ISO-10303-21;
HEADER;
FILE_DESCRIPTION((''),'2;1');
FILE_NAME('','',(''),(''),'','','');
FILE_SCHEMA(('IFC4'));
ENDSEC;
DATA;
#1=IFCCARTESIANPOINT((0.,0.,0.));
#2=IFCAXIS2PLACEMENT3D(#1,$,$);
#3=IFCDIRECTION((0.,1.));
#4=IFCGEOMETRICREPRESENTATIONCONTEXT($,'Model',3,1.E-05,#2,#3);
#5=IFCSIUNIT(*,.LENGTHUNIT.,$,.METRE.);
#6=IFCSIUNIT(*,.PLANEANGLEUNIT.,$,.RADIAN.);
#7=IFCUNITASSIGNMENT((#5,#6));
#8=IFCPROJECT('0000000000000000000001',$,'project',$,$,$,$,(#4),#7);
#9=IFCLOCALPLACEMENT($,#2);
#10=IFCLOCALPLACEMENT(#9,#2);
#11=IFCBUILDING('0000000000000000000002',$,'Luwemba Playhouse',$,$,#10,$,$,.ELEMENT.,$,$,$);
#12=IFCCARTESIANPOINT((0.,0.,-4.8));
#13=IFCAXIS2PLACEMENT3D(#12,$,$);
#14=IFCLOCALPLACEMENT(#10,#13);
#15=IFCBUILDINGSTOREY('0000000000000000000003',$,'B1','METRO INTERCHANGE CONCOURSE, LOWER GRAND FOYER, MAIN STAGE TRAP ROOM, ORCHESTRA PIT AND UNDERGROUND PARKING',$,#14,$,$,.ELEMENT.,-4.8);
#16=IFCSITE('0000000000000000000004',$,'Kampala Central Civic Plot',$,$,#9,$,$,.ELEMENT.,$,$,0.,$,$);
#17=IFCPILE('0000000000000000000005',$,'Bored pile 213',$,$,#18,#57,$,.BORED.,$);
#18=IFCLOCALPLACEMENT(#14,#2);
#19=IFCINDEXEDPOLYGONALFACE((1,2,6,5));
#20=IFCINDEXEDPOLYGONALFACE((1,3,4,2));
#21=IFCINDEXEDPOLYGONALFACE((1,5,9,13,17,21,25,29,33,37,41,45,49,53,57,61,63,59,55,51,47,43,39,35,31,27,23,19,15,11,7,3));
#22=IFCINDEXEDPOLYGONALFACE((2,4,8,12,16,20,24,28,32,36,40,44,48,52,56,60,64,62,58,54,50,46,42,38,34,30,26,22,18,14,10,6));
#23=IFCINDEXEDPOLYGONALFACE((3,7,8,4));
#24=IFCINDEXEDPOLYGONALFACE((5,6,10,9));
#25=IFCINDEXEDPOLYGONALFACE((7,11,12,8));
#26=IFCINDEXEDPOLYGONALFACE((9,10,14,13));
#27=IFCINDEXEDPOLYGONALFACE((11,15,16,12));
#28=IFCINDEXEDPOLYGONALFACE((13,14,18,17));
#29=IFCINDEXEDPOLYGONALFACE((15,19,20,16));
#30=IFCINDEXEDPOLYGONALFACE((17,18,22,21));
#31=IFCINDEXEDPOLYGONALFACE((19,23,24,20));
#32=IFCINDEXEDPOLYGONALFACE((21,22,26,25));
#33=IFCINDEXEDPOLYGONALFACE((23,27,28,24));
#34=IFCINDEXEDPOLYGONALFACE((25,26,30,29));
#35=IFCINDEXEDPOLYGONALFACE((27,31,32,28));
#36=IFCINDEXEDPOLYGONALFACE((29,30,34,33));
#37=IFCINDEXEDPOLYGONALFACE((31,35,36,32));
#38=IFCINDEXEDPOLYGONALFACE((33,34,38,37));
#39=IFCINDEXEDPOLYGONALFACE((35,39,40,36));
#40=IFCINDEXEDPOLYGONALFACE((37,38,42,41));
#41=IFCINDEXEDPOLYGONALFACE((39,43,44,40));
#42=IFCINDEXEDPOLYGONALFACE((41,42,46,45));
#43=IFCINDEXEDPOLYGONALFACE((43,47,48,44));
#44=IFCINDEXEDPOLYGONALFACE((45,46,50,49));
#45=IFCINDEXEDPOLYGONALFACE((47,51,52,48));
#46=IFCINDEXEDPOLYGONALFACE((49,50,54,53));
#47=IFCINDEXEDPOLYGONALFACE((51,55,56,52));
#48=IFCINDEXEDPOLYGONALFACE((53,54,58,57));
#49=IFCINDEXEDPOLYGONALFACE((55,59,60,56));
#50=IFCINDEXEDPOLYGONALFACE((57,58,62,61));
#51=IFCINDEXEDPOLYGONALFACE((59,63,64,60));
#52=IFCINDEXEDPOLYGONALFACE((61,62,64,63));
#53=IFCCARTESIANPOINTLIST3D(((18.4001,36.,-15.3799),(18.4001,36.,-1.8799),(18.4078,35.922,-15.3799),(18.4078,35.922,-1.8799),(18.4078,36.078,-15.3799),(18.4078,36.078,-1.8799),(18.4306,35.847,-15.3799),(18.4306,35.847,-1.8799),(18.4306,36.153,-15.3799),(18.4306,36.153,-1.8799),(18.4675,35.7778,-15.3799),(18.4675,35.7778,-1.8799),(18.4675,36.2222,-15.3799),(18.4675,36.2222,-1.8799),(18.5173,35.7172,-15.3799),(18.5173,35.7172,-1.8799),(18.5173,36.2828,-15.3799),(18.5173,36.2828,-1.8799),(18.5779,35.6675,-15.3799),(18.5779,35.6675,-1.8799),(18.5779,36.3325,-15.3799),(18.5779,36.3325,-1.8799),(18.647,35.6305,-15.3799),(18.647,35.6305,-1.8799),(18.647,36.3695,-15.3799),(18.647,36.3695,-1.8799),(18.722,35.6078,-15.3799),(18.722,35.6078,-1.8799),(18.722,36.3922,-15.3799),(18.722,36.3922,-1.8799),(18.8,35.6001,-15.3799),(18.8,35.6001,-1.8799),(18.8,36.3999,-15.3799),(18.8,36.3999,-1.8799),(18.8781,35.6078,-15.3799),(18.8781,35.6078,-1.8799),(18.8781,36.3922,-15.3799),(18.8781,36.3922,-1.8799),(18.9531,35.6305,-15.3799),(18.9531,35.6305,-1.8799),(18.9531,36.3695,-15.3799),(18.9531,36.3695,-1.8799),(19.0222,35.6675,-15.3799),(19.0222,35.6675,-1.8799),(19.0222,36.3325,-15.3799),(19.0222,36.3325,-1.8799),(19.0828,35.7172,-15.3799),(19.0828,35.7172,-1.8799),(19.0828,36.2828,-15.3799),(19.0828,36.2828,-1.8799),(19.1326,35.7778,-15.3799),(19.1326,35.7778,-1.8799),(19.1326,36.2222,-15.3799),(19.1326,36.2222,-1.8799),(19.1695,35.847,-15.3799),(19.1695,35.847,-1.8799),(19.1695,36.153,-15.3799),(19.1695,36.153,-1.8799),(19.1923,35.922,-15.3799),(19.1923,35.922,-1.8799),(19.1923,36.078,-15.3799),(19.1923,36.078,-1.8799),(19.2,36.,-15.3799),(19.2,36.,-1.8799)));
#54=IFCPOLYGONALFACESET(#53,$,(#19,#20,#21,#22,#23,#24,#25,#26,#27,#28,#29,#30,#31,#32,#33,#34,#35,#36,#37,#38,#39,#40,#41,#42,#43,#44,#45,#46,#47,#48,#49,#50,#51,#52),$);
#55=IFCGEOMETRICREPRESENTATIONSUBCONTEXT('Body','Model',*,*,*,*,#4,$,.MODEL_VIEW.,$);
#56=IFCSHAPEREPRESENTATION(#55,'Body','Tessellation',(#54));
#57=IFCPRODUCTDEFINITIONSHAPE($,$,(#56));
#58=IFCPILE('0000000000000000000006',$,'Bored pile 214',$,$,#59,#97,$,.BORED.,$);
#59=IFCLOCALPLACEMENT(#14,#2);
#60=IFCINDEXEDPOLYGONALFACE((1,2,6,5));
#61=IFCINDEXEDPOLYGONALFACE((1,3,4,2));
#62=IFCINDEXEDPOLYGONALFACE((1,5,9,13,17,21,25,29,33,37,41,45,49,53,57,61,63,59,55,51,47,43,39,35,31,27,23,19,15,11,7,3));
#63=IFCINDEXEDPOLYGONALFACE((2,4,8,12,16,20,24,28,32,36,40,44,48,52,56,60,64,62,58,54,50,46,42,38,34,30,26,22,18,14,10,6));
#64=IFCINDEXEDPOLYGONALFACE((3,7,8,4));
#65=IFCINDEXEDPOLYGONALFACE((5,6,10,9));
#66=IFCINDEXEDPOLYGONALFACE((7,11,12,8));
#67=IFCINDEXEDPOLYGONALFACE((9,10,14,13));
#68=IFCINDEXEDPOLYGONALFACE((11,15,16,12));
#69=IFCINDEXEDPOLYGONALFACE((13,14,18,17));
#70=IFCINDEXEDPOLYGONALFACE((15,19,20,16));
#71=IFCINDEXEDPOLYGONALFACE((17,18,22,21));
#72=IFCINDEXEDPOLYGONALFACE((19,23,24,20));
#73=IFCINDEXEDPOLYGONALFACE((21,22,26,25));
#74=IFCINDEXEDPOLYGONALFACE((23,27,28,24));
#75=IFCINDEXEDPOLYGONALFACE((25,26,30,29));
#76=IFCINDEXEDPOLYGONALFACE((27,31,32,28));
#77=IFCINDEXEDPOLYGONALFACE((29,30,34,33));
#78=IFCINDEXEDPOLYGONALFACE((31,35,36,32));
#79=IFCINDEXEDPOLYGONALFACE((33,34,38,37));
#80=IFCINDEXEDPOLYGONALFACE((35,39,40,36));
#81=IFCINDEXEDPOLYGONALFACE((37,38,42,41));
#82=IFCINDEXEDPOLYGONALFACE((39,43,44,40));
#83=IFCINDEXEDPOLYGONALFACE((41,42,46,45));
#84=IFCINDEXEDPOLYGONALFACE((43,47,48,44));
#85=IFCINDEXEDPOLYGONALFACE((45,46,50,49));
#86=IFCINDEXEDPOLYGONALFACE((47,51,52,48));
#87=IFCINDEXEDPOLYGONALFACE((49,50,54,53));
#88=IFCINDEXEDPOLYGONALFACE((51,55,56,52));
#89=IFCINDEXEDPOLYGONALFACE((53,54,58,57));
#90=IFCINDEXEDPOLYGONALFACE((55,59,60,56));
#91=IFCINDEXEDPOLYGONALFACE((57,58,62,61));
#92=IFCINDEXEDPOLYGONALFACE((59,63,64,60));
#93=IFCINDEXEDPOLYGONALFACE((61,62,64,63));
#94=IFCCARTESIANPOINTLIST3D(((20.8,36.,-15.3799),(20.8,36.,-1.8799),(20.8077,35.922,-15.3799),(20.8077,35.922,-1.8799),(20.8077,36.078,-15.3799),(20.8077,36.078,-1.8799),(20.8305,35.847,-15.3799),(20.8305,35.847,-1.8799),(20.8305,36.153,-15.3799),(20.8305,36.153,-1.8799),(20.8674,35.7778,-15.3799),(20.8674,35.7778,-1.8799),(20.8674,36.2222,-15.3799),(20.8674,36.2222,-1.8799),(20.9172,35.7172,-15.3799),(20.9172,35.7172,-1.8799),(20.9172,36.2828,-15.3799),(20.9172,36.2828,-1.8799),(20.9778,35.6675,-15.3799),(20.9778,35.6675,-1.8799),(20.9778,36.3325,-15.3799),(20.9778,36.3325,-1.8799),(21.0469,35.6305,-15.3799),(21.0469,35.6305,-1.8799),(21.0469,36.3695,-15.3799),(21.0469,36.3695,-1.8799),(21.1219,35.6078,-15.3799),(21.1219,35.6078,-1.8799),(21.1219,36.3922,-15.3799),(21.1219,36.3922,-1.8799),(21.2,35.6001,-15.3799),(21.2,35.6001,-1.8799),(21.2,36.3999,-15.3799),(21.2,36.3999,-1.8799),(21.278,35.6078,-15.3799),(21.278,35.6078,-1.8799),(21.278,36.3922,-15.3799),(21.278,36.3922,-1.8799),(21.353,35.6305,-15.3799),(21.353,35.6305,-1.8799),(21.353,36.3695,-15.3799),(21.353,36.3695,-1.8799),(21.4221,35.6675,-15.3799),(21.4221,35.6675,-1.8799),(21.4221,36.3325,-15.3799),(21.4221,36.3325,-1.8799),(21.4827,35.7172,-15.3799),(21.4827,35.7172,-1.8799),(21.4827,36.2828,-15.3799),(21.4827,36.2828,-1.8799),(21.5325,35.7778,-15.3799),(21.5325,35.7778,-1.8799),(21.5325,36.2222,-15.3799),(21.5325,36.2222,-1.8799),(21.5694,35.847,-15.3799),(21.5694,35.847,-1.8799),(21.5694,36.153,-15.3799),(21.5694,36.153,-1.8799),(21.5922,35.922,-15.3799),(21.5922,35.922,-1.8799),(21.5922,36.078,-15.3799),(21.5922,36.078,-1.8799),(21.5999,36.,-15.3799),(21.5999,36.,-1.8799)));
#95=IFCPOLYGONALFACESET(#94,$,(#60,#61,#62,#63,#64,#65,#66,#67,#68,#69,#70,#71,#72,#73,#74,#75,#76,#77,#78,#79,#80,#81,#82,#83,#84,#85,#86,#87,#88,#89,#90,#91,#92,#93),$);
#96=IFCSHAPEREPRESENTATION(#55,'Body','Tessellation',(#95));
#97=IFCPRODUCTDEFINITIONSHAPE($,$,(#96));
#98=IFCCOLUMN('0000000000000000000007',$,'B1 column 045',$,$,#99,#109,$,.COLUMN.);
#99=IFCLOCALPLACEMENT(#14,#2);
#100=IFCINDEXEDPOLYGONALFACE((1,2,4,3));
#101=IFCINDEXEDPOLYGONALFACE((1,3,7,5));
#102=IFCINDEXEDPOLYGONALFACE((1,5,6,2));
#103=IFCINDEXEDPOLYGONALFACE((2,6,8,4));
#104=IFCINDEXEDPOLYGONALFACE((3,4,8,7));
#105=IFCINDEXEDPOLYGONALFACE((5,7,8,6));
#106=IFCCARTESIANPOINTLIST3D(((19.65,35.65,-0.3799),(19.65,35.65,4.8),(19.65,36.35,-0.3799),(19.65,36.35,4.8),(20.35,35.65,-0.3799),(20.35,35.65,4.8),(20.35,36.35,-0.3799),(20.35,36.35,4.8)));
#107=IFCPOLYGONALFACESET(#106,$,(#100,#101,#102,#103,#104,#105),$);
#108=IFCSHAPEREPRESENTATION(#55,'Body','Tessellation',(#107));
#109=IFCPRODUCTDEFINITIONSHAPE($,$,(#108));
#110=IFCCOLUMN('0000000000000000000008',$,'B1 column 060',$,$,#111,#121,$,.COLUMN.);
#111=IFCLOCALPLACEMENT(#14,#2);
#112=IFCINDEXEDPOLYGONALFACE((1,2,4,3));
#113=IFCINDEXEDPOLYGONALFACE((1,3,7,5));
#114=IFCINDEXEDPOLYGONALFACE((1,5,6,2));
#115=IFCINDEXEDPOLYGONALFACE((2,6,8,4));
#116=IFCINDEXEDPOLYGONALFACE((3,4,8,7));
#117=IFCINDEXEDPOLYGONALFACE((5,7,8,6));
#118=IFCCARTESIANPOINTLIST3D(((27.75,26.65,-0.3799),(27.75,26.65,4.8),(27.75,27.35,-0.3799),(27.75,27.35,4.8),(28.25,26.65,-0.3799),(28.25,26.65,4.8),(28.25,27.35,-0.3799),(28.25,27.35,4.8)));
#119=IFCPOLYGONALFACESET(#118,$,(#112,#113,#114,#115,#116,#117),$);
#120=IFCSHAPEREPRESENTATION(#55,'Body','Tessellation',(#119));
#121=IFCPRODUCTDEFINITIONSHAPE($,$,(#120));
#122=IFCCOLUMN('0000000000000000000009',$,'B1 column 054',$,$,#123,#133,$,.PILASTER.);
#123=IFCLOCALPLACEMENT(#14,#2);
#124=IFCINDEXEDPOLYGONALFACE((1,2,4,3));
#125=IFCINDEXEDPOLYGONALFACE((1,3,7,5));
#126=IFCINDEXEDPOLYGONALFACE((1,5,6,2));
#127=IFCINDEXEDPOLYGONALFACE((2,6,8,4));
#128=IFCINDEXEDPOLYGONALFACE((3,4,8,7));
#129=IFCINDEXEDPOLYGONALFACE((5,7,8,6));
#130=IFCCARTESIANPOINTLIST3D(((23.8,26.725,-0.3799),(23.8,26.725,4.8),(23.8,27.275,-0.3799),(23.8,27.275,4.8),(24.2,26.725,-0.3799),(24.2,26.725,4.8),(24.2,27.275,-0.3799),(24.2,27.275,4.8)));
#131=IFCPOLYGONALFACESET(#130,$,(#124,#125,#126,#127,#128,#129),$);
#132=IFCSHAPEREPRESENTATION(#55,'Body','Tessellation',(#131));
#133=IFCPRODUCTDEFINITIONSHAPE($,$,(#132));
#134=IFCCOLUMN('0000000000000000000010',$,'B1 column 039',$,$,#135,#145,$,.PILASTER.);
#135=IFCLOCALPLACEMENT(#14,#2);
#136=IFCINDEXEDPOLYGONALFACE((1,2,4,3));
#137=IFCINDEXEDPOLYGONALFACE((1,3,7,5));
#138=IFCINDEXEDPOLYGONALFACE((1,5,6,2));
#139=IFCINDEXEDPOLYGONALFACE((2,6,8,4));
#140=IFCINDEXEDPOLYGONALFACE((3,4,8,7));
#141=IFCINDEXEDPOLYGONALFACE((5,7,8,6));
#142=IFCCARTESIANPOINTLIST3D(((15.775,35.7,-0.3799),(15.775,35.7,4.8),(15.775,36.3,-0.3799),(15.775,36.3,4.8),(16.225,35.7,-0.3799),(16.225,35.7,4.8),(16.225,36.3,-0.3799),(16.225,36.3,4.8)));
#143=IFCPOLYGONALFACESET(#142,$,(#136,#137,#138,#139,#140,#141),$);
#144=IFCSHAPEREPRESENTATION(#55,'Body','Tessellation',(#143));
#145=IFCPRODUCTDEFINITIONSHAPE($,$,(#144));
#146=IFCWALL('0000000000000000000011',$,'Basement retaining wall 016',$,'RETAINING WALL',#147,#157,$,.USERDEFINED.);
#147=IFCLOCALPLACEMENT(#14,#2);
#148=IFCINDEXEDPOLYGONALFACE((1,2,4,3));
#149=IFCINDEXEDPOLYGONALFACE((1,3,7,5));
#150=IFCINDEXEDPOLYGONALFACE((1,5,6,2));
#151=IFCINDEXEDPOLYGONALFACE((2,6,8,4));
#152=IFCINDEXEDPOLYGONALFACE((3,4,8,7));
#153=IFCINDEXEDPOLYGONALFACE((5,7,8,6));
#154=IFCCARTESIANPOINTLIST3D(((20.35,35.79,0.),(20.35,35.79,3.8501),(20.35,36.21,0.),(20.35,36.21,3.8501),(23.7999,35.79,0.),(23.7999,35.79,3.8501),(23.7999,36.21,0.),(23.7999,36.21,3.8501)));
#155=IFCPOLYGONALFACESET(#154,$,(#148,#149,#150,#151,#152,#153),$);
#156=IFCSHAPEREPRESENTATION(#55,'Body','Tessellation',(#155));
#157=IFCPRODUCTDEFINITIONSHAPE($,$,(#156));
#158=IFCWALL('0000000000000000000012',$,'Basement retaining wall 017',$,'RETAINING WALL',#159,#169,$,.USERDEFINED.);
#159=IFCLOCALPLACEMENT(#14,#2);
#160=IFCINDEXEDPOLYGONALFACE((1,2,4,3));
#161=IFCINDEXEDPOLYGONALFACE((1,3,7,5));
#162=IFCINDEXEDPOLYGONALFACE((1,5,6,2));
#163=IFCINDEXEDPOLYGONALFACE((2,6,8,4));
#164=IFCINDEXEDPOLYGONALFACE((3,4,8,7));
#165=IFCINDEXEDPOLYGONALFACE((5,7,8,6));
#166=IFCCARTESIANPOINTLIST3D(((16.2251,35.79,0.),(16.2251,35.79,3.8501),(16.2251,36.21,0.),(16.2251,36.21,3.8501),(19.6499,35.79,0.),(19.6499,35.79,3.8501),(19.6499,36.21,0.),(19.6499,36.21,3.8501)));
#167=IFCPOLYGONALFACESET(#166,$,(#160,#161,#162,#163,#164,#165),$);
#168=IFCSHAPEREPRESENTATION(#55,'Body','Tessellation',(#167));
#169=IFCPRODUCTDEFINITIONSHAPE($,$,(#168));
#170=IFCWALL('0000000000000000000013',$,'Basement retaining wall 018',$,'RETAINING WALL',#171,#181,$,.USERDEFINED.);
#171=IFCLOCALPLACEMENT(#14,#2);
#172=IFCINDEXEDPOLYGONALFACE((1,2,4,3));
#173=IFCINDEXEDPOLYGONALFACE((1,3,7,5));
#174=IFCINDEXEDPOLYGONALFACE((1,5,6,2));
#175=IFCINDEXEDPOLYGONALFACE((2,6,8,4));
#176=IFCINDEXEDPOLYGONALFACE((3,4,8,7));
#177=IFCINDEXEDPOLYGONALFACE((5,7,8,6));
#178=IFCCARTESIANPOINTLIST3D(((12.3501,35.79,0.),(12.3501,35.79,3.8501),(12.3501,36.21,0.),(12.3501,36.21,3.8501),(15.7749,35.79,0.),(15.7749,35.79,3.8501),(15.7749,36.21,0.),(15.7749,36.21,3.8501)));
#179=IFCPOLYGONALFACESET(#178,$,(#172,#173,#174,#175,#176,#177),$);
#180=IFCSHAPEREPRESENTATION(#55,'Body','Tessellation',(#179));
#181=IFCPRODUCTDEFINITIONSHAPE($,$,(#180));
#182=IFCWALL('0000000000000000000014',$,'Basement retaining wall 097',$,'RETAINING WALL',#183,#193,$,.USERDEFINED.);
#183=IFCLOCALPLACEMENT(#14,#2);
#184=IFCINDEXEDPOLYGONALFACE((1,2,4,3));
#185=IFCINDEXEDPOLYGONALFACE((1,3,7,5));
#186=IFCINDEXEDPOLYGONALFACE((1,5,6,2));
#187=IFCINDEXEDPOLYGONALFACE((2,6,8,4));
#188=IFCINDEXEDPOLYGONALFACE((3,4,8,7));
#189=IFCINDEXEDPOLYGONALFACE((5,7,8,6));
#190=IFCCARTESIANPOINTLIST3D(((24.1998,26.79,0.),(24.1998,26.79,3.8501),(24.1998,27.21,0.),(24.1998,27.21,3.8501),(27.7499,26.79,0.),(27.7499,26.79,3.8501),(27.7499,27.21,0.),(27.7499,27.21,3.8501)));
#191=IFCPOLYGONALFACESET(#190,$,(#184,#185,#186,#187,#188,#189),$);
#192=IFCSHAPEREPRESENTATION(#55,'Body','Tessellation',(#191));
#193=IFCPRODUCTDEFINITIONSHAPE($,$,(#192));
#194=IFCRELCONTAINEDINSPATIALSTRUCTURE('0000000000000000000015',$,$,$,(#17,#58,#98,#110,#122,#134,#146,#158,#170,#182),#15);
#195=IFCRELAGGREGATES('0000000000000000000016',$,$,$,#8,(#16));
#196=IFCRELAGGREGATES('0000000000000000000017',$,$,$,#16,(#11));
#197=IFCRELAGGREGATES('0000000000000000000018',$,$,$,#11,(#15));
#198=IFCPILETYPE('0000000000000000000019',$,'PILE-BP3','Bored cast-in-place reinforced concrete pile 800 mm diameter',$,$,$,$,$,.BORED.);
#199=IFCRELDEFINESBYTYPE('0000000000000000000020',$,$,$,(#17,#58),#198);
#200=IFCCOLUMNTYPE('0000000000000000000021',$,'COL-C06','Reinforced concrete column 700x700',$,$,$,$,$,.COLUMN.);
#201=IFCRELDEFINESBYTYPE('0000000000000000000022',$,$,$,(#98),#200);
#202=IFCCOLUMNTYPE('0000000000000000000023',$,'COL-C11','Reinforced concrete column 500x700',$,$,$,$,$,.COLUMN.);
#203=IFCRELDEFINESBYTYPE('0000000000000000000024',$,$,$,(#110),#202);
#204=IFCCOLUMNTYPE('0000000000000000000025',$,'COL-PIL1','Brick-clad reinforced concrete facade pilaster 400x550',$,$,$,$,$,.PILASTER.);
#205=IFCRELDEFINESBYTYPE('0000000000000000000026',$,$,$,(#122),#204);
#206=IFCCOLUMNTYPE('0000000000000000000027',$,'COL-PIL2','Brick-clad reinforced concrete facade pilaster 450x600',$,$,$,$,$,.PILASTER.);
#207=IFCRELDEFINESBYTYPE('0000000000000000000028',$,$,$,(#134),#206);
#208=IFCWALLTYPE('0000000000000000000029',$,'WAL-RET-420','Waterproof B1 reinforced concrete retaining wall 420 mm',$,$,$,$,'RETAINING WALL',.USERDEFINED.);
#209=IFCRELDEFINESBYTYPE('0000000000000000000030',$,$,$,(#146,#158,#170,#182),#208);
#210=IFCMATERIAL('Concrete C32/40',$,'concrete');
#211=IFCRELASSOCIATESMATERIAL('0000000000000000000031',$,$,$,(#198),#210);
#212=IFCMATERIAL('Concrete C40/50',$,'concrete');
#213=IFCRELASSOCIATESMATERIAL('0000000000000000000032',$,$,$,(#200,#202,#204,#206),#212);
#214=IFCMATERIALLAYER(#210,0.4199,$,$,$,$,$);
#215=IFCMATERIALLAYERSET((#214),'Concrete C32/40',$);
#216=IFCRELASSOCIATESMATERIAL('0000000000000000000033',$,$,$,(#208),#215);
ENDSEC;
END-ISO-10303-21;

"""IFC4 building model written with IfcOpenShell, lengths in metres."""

from ifc_helpers import new_model, si_unit, direction, frame, frame_2d, origin, origin_2d, place, context, subcontext, project, spatial, rectangle, circle, extrude, material, layer, layer_set, material_profile, profile_set, type_object, element, save


model = new_model("IFC4")

# Units and contexts
model_context = context("Model", 3, precision=1e-05, world=origin(), true_north=direction((0.0, 1.0)))
body_context = subcontext(model_context, "Body", "Model", "MODEL_VIEW")
ifc_project = project(units=[si_unit("LENGTHUNIT", "METRE"), si_unit("PLANEANGLEUNIT", "RADIAN")], contexts=[model_context])

# Site, building, storey
site_placement = place(None, origin())
site = spatial("IfcSite", under=ifc_project, at=site_placement, Name="Kampala Central Civic Plot", CompositionType="ELEMENT", RefElevation=0.0)
building_placement = place(site_placement, origin())
building = spatial("IfcBuilding", under=site, at=building_placement, Name="Luwemba Playhouse", CompositionType="ELEMENT")
storey_placement = place(building_placement, frame((0.0, 0.0, -4.8)))
storey = spatial("IfcBuildingStorey", under=building, at=storey_placement, Name="B1", Description="METRO INTERCHANGE CONCOURSE, LOWER GRAND FOYER, MAIN STAGE TRAP ROOM, ORCHESTRA PIT AND UNDERGROUND PARKING", CompositionType="ELEMENT", Elevation=-4.8)

# Shared definitions
ifc_material_1 = material(Name="Concrete C32/40", Category="concrete")

# Piles
ifc_material_profile_1 = material_profile(ifc_material_1, circle(Radius=0.3999, at=origin_2d()))
ifc_profile_set_1 = profile_set([ifc_material_profile_1], Name="Concrete C32/40")
pile_type_1 = type_object("IfcPileType", Name="PILE-BP3", Description="Bored cast-in-place reinforced concrete pile 800 mm diameter", PredefinedType="BORED", material=ifc_profile_set_1)
for number, where, z_axis, x_axis, name in (
    (1, (18.8, 36.0, -1.8799), (0.0, 0.0, -1.0), (1.0, 0.0, 0.0), "Bored pile 213"),
    (2, (21.2, 36.0, -1.8799), (0.0, 0.0, -1.0), (1.0, 0.0, 0.0), "Bored pile 214"),
):
    element("IfcPile", number, at=place(storey_placement, frame(where, z_axis=z_axis, x_axis=x_axis)), inside=storey, type_object=pile_type_1, Name=name, PredefinedType="BORED", context=body_context, shape_type="SweptSolid", body=[
        extrude(circle(Radius=0.3999, at=origin_2d()), origin(), (0.0, 0.0, 1.0), 13.5),
    ])

# Columns
ifc_material_2 = material(Name="Concrete C40/50", Category="concrete")
ifc_material_profile_2 = material_profile(ifc_material_2, rectangle(XDim=0.7, YDim=0.7, at=origin_2d()))
ifc_profile_set_2 = profile_set([ifc_material_profile_2], Name="Concrete C40/50")
column_type_1 = type_object("IfcColumnType", Name="COL-C06", Description="Reinforced concrete column 700x700", PredefinedType="COLUMN", material=ifc_profile_set_2)
column_1_placement = place(storey_placement, frame((20.0, 36.0, -0.3799), z_axis=(0.0, 0.0, 1.0), x_axis=(1.0, 0.0, 0.0)))
element("IfcColumn", 3, at=column_1_placement, inside=storey, type_object=column_type_1, Name="B1 column 045", PredefinedType="COLUMN", context=body_context, shape_type="SweptSolid", body=[
    extrude(rectangle(XDim=0.7, YDim=0.7, at=origin_2d()), origin(), (0.0, 0.0, 1.0), 5.1799),
])
ifc_material_profile_3 = material_profile(ifc_material_2, rectangle(XDim=0.5, YDim=0.7, at=origin_2d()))
ifc_profile_set_3 = profile_set([ifc_material_profile_3], Name="Concrete C40/50")
column_type_2 = type_object("IfcColumnType", Name="COL-C11", Description="Reinforced concrete column 500x700", PredefinedType="COLUMN", material=ifc_profile_set_3)
column_2_placement = place(storey_placement, frame((28.0, 27.0, -0.3799), z_axis=(0.0, 0.0, 1.0), x_axis=(1.0, 0.0, 0.0)))
element("IfcColumn", 4, at=column_2_placement, inside=storey, type_object=column_type_2, Name="B1 column 060", PredefinedType="COLUMN", context=body_context, shape_type="SweptSolid", body=[
    extrude(rectangle(XDim=0.5, YDim=0.7, at=origin_2d()), origin(), (0.0, 0.0, 1.0), 5.1799),
])
ifc_material_profile_4 = material_profile(ifc_material_2, rectangle(XDim=0.3999, YDim=0.55, at=origin_2d()))
ifc_profile_set_4 = profile_set([ifc_material_profile_4], Name="Concrete C40/50")
column_type_3 = type_object("IfcColumnType", Name="COL-PIL1", Description="Brick-clad reinforced concrete facade pilaster 400x550", PredefinedType="PILASTER", material=ifc_profile_set_4)
column_3_placement = place(storey_placement, frame((24.0, 27.0, -0.3799), z_axis=(0.0, 0.0, 1.0), x_axis=(1.0, 0.0, 0.0)))
element("IfcColumn", 5, at=column_3_placement, inside=storey, type_object=column_type_3, Name="B1 column 054", PredefinedType="PILASTER", context=body_context, shape_type="SweptSolid", body=[
    extrude(rectangle(XDim=0.3999, YDim=0.55, at=origin_2d()), origin(), (0.0, 0.0, 1.0), 5.1799),
])
ifc_material_profile_5 = material_profile(ifc_material_2, rectangle(XDim=0.45, YDim=0.6001, at=origin_2d()))
ifc_profile_set_5 = profile_set([ifc_material_profile_5], Name="Concrete C40/50")
column_type_4 = type_object("IfcColumnType", Name="COL-PIL2", Description="Brick-clad reinforced concrete facade pilaster 450x600", PredefinedType="PILASTER", material=ifc_profile_set_5)
column_4_placement = place(storey_placement, frame((16.0, 36.0, -0.3799), z_axis=(0.0, 0.0, 1.0), x_axis=(1.0, 0.0, 0.0)))
element("IfcColumn", 6, at=column_4_placement, inside=storey, type_object=column_type_4, Name="B1 column 039", PredefinedType="PILASTER", context=body_context, shape_type="SweptSolid", body=[
    extrude(rectangle(XDim=0.45, YDim=0.6001, at=origin_2d()), origin(), (0.0, 0.0, 1.0), 5.1799),
])

# Walls
ifc_layer = layer(ifc_material_1, 0.4199)
ifc_layer_set = layer_set([ifc_layer], Name="Concrete C32/40")
wall_type = type_object("IfcWallType", Name="WAL-RET-420", Description="Waterproof B1 reinforced concrete retaining wall 420 mm", ElementType="RETAINING WALL", PredefinedType="USERDEFINED", material=ifc_layer_set)
wall_1_placement = place(storey_placement, frame((23.8, 36.0, 0.0), z_axis=(0.0, 0.0, 1.0), x_axis=(-1.0, 0.0, 0.0)))
element("IfcWall", 7, at=wall_1_placement, inside=storey, type_object=wall_type, Name="Basement retaining wall 016", ObjectType="RETAINING WALL", PredefinedType="USERDEFINED", context=body_context, shape_type="SweptSolid", body=[
    extrude(rectangle(XDim=3.45, YDim=0.4199, at=frame_2d((1.7251, 0.0))), origin(), (0.0, 0.0, 1.0), 3.8501),
])
for number, where, z_axis, x_axis, name in (
    (8, (19.6499, 36.0, 0.0), (0.0, 0.0, 1.0), (-1.0, 0.0, 0.0), "Basement retaining wall 017"),
    (9, (15.7749, 36.0, 0.0), (0.0, 0.0, 1.0), (-1.0, 0.0, 0.0), "Basement retaining wall 018"),
):
    element("IfcWall", number, at=place(storey_placement, frame(where, z_axis=z_axis, x_axis=x_axis)), inside=storey, type_object=wall_type, Name=name, ObjectType="RETAINING WALL", PredefinedType="USERDEFINED", context=body_context, shape_type="SweptSolid", body=[
        extrude(rectangle(XDim=3.4248, YDim=0.4199, at=frame_2d((1.7124, 0.0))), origin(), (0.0, 0.0, 1.0), 3.8501),
    ])
wall_2_placement = place(storey_placement, frame((24.2, 27.0, 0.0), z_axis=(0.0, 0.0, 1.0), x_axis=(1.0, 0.0, 0.0)))
element("IfcWall", 10, at=wall_2_placement, inside=storey, type_object=wall_type, Name="Basement retaining wall 097", ObjectType="RETAINING WALL", PredefinedType="USERDEFINED", context=body_context, shape_type="SweptSolid", body=[
    extrude(rectangle(XDim=3.55, YDim=0.4199, at=frame_2d((1.7749, 0.0))), origin(), (0.0, 0.0, 1.0), 3.8501),
])

save(model, "model.ifc")
